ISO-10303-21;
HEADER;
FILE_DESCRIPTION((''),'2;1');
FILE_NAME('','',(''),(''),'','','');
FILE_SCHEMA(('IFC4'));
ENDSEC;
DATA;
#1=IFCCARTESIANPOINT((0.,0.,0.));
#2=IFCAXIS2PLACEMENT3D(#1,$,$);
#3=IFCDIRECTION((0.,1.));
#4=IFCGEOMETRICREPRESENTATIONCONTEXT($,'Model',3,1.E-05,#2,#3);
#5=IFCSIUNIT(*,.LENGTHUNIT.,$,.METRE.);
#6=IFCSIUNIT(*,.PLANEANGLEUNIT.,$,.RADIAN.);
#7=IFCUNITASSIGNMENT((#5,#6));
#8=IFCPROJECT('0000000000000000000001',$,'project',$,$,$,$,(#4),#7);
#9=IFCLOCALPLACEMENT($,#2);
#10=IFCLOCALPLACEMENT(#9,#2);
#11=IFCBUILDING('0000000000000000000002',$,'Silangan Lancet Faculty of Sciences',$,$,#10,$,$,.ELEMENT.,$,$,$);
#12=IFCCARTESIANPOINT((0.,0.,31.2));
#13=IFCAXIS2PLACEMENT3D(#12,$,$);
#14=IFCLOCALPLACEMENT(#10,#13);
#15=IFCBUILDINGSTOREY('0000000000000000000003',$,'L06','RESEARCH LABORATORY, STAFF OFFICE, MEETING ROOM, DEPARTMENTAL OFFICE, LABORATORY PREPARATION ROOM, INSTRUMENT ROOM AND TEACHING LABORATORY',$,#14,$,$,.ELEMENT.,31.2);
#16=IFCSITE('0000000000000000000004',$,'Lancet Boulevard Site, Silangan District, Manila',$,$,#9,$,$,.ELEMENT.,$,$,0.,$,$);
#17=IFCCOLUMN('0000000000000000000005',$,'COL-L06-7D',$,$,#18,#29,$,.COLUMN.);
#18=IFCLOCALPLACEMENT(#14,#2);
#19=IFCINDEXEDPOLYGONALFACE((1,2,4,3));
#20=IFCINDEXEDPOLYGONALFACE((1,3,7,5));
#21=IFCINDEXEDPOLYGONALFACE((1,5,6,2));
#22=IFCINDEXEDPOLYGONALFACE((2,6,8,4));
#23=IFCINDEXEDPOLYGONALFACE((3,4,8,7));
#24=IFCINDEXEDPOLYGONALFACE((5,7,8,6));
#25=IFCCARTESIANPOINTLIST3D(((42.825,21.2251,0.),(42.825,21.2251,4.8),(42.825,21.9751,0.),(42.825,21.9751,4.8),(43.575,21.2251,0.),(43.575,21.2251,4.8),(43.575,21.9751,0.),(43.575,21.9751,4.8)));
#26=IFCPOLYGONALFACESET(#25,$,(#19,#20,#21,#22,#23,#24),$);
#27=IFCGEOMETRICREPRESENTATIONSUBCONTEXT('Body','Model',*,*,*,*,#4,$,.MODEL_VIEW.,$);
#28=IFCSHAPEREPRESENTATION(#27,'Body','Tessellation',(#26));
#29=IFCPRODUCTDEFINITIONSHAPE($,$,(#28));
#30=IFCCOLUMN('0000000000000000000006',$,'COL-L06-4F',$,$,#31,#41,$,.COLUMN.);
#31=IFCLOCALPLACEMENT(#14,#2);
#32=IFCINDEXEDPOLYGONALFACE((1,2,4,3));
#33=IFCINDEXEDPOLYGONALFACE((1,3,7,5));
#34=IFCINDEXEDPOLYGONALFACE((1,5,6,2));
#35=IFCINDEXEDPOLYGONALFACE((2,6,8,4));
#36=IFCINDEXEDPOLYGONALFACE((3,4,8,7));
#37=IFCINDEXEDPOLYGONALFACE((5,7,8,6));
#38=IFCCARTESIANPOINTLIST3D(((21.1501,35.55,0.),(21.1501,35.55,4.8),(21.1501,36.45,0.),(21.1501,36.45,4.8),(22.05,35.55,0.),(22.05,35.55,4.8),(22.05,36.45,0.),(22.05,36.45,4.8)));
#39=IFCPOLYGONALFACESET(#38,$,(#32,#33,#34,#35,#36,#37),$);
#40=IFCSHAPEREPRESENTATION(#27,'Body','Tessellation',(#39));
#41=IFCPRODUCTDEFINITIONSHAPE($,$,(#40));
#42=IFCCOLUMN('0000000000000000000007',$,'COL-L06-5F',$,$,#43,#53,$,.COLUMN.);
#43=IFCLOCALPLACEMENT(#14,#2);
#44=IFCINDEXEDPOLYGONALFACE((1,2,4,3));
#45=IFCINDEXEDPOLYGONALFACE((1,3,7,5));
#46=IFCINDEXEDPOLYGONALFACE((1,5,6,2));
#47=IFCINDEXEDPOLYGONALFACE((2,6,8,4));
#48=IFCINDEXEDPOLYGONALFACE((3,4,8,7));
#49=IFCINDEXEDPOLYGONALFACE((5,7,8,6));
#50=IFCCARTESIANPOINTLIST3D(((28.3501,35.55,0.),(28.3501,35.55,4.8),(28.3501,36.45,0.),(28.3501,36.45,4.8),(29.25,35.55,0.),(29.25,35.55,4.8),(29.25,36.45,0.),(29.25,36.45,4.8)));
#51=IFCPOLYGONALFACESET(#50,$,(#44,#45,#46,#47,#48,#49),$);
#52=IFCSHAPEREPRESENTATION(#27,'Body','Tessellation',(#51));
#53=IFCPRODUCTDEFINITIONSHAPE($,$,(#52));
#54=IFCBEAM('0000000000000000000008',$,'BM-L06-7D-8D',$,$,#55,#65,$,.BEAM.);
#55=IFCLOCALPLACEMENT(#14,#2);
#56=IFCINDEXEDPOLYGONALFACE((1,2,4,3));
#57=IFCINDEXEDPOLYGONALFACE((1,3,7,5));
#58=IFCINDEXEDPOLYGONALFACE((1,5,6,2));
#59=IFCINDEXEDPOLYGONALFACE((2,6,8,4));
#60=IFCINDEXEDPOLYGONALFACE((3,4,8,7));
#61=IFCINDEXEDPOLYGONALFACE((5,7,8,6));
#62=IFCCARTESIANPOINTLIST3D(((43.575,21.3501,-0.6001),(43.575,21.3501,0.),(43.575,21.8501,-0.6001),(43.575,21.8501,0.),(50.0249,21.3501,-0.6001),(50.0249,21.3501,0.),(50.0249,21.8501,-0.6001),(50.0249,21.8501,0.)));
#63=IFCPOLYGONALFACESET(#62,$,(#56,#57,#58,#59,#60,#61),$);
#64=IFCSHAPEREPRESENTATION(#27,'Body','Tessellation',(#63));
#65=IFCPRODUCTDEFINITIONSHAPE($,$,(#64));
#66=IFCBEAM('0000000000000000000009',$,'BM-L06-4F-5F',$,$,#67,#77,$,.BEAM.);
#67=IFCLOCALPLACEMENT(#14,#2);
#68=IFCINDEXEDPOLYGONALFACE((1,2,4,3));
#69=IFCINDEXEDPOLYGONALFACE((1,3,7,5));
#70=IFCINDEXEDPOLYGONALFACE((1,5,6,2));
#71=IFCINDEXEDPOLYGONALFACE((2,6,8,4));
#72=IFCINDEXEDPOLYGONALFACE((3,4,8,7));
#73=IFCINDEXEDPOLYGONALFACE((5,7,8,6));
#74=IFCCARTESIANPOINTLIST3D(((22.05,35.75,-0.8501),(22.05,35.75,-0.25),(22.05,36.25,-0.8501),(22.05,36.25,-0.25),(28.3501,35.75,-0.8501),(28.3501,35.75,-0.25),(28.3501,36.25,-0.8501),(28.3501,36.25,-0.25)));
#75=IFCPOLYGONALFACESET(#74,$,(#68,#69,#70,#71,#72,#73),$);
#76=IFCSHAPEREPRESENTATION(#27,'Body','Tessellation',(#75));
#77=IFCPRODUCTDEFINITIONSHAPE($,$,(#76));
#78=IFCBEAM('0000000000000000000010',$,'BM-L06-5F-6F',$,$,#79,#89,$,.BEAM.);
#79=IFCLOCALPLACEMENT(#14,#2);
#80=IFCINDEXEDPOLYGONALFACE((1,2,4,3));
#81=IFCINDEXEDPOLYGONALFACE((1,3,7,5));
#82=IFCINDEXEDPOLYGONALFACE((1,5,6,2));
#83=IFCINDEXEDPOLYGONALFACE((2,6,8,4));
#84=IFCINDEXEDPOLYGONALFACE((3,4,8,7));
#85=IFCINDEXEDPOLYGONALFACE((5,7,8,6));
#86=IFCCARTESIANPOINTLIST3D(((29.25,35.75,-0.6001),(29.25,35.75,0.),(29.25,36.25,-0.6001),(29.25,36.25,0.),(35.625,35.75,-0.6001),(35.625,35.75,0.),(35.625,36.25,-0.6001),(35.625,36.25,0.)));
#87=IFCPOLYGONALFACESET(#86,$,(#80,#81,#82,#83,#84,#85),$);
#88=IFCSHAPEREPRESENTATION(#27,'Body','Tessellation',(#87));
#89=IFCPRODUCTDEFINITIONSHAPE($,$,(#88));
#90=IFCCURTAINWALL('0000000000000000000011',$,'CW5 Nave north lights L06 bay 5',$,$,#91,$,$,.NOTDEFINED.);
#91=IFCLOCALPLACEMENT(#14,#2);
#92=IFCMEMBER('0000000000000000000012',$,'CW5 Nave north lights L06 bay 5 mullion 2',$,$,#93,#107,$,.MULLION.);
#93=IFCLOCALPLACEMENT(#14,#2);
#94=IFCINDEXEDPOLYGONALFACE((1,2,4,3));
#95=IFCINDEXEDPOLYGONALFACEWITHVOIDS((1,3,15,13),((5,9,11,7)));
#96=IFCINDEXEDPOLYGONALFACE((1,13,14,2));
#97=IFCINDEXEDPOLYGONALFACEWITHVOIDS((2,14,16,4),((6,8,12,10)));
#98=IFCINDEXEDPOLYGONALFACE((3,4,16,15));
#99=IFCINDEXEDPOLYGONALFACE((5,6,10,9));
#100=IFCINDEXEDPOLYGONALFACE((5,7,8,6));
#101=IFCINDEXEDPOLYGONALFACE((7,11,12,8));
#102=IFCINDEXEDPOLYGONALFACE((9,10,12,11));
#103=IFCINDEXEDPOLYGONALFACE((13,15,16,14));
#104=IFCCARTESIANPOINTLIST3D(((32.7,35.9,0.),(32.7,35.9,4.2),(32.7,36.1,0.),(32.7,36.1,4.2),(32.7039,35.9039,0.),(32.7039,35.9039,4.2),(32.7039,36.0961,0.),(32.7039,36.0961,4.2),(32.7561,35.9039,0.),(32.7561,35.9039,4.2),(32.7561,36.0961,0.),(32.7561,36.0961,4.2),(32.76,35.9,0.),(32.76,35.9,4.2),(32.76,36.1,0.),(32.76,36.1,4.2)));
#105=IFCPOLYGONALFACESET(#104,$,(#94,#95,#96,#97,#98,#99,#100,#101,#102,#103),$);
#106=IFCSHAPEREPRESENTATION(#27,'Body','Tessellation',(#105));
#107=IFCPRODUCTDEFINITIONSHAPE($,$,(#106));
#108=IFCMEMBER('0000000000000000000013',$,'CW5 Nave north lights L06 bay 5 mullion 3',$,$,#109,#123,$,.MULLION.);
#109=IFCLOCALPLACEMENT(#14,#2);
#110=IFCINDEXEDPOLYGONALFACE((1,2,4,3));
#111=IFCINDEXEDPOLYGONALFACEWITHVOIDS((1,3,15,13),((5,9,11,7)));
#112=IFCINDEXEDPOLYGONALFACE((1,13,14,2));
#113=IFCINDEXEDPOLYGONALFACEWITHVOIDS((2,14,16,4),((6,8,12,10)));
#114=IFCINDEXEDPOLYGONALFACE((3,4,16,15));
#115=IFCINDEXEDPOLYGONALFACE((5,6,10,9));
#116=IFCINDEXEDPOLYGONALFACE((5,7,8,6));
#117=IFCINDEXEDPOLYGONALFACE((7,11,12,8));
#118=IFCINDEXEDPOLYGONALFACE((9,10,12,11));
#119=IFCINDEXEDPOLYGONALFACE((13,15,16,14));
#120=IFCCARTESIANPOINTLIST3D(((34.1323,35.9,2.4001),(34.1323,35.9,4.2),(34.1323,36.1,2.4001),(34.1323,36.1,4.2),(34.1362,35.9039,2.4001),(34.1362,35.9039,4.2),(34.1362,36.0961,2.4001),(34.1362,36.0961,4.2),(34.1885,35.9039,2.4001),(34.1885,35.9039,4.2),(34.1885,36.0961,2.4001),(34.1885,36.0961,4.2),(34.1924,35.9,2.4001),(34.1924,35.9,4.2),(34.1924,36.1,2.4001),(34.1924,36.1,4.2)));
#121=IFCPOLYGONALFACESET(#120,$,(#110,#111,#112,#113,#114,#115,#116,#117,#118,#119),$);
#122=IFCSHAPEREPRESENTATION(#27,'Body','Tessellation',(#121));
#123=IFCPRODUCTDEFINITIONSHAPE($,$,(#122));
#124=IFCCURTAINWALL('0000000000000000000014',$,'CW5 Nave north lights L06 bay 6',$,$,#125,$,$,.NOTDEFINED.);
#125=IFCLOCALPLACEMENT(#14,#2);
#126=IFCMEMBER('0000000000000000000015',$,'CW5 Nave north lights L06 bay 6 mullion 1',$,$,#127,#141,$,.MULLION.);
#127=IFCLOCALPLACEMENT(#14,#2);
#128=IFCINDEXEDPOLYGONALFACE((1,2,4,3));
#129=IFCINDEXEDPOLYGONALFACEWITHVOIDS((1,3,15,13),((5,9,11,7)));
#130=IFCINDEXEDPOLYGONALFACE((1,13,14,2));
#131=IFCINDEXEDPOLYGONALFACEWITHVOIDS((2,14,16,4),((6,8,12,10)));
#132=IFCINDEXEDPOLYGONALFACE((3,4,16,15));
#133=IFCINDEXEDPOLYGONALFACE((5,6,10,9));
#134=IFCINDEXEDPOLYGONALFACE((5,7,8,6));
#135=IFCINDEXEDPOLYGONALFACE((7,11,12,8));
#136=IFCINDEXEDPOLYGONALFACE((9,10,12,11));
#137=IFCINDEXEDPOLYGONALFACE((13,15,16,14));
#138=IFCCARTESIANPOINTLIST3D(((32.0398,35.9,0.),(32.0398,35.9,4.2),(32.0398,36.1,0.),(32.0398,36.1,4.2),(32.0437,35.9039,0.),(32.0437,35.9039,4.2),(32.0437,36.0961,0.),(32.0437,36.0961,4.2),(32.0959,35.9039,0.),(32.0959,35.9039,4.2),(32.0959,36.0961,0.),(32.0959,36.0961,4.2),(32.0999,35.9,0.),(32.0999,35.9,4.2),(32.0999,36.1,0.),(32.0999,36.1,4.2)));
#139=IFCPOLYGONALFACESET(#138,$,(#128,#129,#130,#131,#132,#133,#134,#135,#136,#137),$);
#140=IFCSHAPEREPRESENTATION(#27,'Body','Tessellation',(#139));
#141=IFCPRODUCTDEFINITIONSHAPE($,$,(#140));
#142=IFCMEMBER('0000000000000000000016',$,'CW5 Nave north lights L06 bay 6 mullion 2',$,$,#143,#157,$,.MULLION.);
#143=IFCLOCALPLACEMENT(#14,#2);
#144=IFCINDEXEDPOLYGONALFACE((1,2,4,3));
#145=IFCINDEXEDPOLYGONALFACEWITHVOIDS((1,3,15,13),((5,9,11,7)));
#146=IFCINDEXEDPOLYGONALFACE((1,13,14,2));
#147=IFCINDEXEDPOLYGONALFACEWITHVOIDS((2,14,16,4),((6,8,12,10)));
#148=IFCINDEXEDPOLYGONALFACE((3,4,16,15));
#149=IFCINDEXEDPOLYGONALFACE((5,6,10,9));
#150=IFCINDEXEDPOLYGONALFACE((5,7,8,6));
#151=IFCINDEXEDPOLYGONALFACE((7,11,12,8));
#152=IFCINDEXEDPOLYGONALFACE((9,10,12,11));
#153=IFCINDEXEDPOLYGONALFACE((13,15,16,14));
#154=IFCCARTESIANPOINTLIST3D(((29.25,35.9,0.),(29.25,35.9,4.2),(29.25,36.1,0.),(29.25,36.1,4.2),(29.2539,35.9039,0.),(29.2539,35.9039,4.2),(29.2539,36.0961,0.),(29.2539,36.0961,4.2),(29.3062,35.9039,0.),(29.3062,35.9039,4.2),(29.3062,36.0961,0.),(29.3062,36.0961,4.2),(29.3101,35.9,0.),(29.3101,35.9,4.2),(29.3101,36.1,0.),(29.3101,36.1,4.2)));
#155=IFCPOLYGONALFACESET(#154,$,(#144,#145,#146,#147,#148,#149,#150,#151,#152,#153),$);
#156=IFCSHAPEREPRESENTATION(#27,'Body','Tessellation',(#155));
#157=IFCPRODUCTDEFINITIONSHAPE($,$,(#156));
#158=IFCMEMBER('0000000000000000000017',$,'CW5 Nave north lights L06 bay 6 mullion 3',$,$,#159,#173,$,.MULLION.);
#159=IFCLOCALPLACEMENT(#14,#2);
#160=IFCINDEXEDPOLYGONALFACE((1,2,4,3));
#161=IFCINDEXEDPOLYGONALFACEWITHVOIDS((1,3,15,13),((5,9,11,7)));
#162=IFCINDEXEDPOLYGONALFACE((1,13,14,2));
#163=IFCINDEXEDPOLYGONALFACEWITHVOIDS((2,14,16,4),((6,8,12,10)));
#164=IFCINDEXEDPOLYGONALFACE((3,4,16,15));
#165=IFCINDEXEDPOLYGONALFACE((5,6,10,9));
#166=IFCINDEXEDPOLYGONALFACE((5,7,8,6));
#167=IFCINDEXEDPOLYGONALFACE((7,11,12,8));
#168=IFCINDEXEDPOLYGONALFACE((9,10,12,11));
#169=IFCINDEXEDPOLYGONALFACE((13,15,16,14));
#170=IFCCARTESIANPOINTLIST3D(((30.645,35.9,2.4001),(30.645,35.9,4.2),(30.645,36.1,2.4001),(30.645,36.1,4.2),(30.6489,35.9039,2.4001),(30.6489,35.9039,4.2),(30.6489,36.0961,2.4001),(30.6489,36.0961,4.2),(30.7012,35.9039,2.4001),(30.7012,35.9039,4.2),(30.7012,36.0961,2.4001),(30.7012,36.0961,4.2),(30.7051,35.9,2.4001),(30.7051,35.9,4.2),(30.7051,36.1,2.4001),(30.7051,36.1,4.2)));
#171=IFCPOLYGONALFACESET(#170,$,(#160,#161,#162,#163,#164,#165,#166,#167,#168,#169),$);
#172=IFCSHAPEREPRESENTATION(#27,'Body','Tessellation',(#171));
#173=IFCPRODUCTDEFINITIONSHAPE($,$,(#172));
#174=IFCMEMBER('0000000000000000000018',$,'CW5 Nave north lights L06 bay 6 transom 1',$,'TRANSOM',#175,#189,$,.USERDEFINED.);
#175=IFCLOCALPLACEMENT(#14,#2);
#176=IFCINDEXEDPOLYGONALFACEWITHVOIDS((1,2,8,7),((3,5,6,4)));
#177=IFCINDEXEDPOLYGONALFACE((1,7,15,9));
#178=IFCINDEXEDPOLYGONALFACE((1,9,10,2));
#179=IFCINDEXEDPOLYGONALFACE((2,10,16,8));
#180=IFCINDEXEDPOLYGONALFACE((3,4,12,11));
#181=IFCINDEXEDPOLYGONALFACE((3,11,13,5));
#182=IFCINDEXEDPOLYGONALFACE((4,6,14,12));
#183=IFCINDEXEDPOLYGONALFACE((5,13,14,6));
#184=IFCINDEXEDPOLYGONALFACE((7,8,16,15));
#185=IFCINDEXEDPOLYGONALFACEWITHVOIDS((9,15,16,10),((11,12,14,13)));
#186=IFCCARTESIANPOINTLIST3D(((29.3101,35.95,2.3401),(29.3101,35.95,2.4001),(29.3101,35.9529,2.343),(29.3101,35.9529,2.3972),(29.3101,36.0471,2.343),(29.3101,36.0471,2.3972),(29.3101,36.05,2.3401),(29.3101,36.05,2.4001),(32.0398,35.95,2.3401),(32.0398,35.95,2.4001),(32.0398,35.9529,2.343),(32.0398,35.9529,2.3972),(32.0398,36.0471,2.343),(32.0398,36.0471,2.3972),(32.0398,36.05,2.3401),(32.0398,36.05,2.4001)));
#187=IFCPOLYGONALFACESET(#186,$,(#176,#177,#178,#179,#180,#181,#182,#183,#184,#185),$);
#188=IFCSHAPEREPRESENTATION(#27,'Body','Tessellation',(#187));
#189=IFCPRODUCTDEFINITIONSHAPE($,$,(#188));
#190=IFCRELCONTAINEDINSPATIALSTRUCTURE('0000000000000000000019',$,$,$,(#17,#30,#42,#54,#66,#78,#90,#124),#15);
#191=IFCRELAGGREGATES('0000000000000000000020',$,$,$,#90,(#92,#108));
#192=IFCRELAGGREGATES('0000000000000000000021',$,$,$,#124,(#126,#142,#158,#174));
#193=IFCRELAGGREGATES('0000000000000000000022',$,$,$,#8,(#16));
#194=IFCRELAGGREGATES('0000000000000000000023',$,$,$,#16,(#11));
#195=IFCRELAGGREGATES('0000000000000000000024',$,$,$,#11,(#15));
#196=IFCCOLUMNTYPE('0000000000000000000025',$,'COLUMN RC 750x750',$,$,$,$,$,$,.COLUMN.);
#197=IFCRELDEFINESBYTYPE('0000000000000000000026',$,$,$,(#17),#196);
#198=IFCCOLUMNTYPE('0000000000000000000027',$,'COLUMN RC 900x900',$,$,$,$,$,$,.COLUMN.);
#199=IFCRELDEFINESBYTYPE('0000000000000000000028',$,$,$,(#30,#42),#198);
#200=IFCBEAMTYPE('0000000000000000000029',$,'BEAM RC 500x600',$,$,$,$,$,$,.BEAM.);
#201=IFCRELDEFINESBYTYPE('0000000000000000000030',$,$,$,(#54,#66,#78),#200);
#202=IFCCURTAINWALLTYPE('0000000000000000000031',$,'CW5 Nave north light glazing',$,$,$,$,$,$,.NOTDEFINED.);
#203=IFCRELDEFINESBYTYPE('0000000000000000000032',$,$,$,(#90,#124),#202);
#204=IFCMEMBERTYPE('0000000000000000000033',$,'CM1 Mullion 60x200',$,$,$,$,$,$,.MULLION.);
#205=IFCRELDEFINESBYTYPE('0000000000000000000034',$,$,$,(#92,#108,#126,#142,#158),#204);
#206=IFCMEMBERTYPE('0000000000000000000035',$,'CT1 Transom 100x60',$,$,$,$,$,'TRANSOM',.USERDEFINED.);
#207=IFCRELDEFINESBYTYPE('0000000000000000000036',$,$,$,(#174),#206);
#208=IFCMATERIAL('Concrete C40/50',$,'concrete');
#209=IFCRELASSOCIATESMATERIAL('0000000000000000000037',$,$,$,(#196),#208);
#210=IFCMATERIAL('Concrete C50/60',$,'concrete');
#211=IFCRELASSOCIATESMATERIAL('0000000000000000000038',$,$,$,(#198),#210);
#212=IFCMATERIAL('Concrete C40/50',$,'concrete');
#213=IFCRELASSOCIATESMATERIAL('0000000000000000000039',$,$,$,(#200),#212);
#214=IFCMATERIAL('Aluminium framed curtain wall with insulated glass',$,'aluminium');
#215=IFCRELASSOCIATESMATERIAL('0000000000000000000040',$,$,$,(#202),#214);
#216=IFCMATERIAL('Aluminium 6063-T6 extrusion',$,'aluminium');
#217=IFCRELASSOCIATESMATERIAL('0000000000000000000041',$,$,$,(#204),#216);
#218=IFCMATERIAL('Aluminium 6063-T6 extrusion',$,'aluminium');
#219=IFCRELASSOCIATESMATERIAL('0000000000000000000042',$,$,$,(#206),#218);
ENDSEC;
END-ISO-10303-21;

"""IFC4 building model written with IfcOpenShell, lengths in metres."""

from ifc_helpers import new_model, si_unit, direction, frame, origin, origin_2d, place, context, subcontext, project, spatial, rectangle, hollow_rectangle, extrude, material, material_profile, profile_set, type_object, element, aggregate, save


model = new_model("IFC4")

# Units and contexts
model_context = context("Model", 3, precision=1e-05, world=origin(), true_north=direction((0.0, 1.0)))
body_context = subcontext(model_context, "Body", "Model", "MODEL_VIEW")
ifc_project = project(units=[si_unit("LENGTHUNIT", "METRE"), si_unit("PLANEANGLEUNIT", "RADIAN")], contexts=[model_context])

# Site, building, storey
site_placement = place(None, origin())
site = spatial("IfcSite", under=ifc_project, at=site_placement, Name="Lancet Boulevard Site, Silangan District, Manila", CompositionType="ELEMENT", RefElevation=0.0)
building_placement = place(site_placement, origin())
building = spatial("IfcBuilding", under=site, at=building_placement, Name="Silangan Lancet Faculty of Sciences", CompositionType="ELEMENT")
storey_placement = place(building_placement, frame((0.0, 0.0, 31.2)))
storey = spatial("IfcBuildingStorey", under=building, at=storey_placement, Name="L06", Description="RESEARCH LABORATORY, STAFF OFFICE, MEETING ROOM, DEPARTMENTAL OFFICE, LABORATORY PREPARATION ROOM, INSTRUMENT ROOM AND TEACHING LABORATORY", CompositionType="ELEMENT", Elevation=31.2)

# Columns
ifc_material_1 = material(Name="Concrete C40/50", Category="concrete")
ifc_material_profile_1 = material_profile(ifc_material_1, rectangle(XDim=0.75, YDim=0.75, at=origin_2d()), Name="RC 750x750")
ifc_profile_set_1 = profile_set([ifc_material_profile_1], Name="Concrete C40/50")
column_type_1 = type_object("IfcColumnType", Name="COLUMN RC 750x750", PredefinedType="COLUMN", material=ifc_profile_set_1)
column_placement = place(storey_placement, frame((43.2, 21.6001, 0.0), z_axis=(0.0, 0.0, 1.0), x_axis=(1.0, 0.0, 0.0)))
element("IfcColumn", 1, at=column_placement, inside=storey, type_object=column_type_1, Name="COL-L06-7D", PredefinedType="COLUMN", context=body_context, shape_type="SweptSolid", body=[
    extrude(rectangle(XDim=0.75, YDim=0.75, at=origin_2d()), origin(), (0.0, 0.0, 1.0), 4.8),
])
ifc_material_2 = material(Name="Concrete C50/60", Category="concrete")
ifc_material_profile_2 = material_profile(ifc_material_2, rectangle(XDim=0.8999, YDim=0.8999, at=origin_2d()), Name="RC 900x900")
ifc_profile_set_2 = profile_set([ifc_material_profile_2], Name="Concrete C50/60")
column_type_2 = type_object("IfcColumnType", Name="COLUMN RC 900x900", PredefinedType="COLUMN", material=ifc_profile_set_2)
for number, where, z_axis, x_axis, name in (
    (2, (21.6001, 36.0, 0.0), (0.0, 0.0, 1.0), (1.0, 0.0, 0.0), "COL-L06-4F"),
    (3, (28.8, 36.0, 0.0), (0.0, 0.0, 1.0), (1.0, 0.0, 0.0), "COL-L06-5F"),
):
    element("IfcColumn", number, at=place(storey_placement, frame(where, z_axis=z_axis, x_axis=x_axis)), inside=storey, type_object=column_type_2, Name=name, PredefinedType="COLUMN", context=body_context, shape_type="SweptSolid", body=[
        extrude(rectangle(XDim=0.8999, YDim=0.8999, at=origin_2d()), origin(), (0.0, 0.0, 1.0), 4.8),
    ])

# Beams
ifc_material_3 = material(Name="Concrete C40/50", Category="concrete")
ifc_material_profile_3 = material_profile(ifc_material_3, rectangle(XDim=0.5, YDim=0.6001, at=origin_2d()), Name="RC 500x600")
ifc_profile_set_3 = profile_set([ifc_material_profile_3], Name="Concrete C40/50")
beam_type = type_object("IfcBeamType", Name="BEAM RC 500x600", PredefinedType="BEAM", material=ifc_profile_set_3)
beam_1_placement = place(storey_placement, frame((43.575, 21.6001, -0.3), z_axis=(1.0, 0.0, 0.0), x_axis=(0.0, 1.0, 0.0)))
element("IfcBeam", 4, at=beam_1_placement, inside=storey, type_object=beam_type, Name="BM-L06-7D-8D", PredefinedType="BEAM", context=body_context, shape_type="SweptSolid", body=[
    extrude(rectangle(XDim=0.5, YDim=0.6001, at=origin_2d()), origin(), (0.0, 0.0, 1.0), 6.45),
])
beam_2_placement = place(storey_placement, frame((22.05, 36.0, -0.55), z_axis=(1.0, 0.0, 0.0), x_axis=(0.0, 1.0, 0.0)))
element("IfcBeam", 5, at=beam_2_placement, inside=storey, type_object=beam_type, Name="BM-L06-4F-5F", PredefinedType="BEAM", context=body_context, shape_type="SweptSolid", body=[
    extrude(rectangle(XDim=0.5, YDim=0.6001, at=origin_2d()), origin(), (0.0, 0.0, 1.0), 6.3),
])
beam_3_placement = place(storey_placement, frame((29.25, 36.0, -0.3), z_axis=(1.0, 0.0, 0.0), x_axis=(0.0, 1.0, 0.0)))
element("IfcBeam", 6, at=beam_3_placement, inside=storey, type_object=beam_type, Name="BM-L06-5F-6F", PredefinedType="BEAM", context=body_context, shape_type="SweptSolid", body=[
    extrude(rectangle(XDim=0.5, YDim=0.6001, at=origin_2d()), origin(), (0.0, 0.0, 1.0), 6.375),
])

# Curtain walls, members
ifc_material_4 = material(Name="Aluminium framed curtain wall with insulated glass", Category="aluminium")
curtain_wall_type = type_object("IfcCurtainWallType", Name="CW5 Nave north light glazing", PredefinedType="NOTDEFINED", material=ifc_material_4)
curtain_wall_1_placement = place(storey_placement, origin())
curtain_wall_1 = element("IfcCurtainWall", 7, at=curtain_wall_1_placement, inside=storey, type_object=curtain_wall_type, Name="CW5 Nave north lights L06 bay 5", PredefinedType="NOTDEFINED")
ifc_material_5 = material(Name="Aluminium 6063-T6 extrusion", Category="aluminium")
ifc_material_profile_4 = material_profile(ifc_material_5, hollow_rectangle(XDim=0.0601, YDim=0.2, WallThickness=0.0039, at=origin_2d()), Name="AL BOX 60x200x4")
ifc_profile_set_4 = profile_set([ifc_material_profile_4], Name="Aluminium 6063-T6 extrusion")
member_type_1 = type_object("IfcMemberType", Name="CM1 Mullion 60x200", PredefinedType="MULLION", material=ifc_profile_set_4)
member_1_placement = place(storey_placement, frame((32.73, 36.0, 0.0), z_axis=(0.0, 0.0, 1.0), x_axis=(-1.0, 0.0, 0.0)))
member_1 = element("IfcMember", 8, at=member_1_placement, type_object=member_type_1, Name="CW5 Nave north lights L06 bay 5 mullion 2", PredefinedType="MULLION", context=body_context, shape_type="SweptSolid", body=[
    extrude(hollow_rectangle(XDim=0.0601, YDim=0.2, WallThickness=0.0039, at=origin_2d()), origin(), (0.0, 0.0, 1.0), 4.2),
])
member_2_placement = place(storey_placement, frame((34.1624, 36.0, 2.4001), z_axis=(0.0, 0.0, 1.0), x_axis=(-1.0, 0.0, 0.0)))
member_2 = element("IfcMember", 9, at=member_2_placement, type_object=member_type_1, Name="CW5 Nave north lights L06 bay 5 mullion 3", PredefinedType="MULLION", context=body_context, shape_type="SweptSolid", body=[
    extrude(hollow_rectangle(XDim=0.0601, YDim=0.2, WallThickness=0.0039, at=origin_2d()), origin(), (0.0, 0.0, 1.0), 1.7998),
])
curtain_wall_2_placement = place(storey_placement, origin())
curtain_wall_2 = element("IfcCurtainWall", 10, at=curtain_wall_2_placement, inside=storey, type_object=curtain_wall_type, Name="CW5 Nave north lights L06 bay 6", PredefinedType="NOTDEFINED")
member_3_placement = place(storey_placement, frame((32.0698, 36.0, 0.0), z_axis=(0.0, 0.0, 1.0), x_axis=(-1.0, 0.0, 0.0)))
member_3 = element("IfcMember", 11, at=member_3_placement, type_object=member_type_1, Name="CW5 Nave north lights L06 bay 6 mullion 1", PredefinedType="MULLION", context=body_context, shape_type="SweptSolid", body=[
    extrude(hollow_rectangle(XDim=0.0601, YDim=0.2, WallThickness=0.0039, at=origin_2d()), origin(), (0.0, 0.0, 1.0), 4.2),
])
member_4_placement = place(storey_placement, frame((29.28, 36.0, 0.0), z_axis=(0.0, 0.0, 1.0), x_axis=(-1.0, 0.0, 0.0)))
member_4 = element("IfcMember", 12, at=member_4_placement, type_object=member_type_1, Name="CW5 Nave north lights L06 bay 6 mullion 2", PredefinedType="MULLION", context=body_context, shape_type="SweptSolid", body=[
    extrude(hollow_rectangle(XDim=0.0601, YDim=0.2, WallThickness=0.0039, at=origin_2d()), origin(), (0.0, 0.0, 1.0), 4.2),
])
member_5_placement = place(storey_placement, frame((30.675, 36.0, 2.4001), z_axis=(0.0, 0.0, 1.0), x_axis=(-1.0, 0.0, 0.0)))
member_5 = element("IfcMember", 13, at=member_5_placement, type_object=member_type_1, Name="CW5 Nave north lights L06 bay 6 mullion 3", PredefinedType="MULLION", context=body_context, shape_type="SweptSolid", body=[
    extrude(hollow_rectangle(XDim=0.0601, YDim=0.2, WallThickness=0.0039, at=origin_2d()), origin(), (0.0, 0.0, 1.0), 1.7998),
])
ifc_material_6 = material(Name="Aluminium 6063-T6 extrusion", Category="aluminium")
ifc_material_profile_5 = material_profile(ifc_material_6, hollow_rectangle(XDim=0.1001, YDim=0.0601, WallThickness=0.0029, at=origin_2d()), Name="AL BOX 100x60x3")
ifc_profile_set_5 = profile_set([ifc_material_profile_5], Name="Aluminium 6063-T6 extrusion")
member_type_2 = type_object("IfcMemberType", Name="CT1 Transom 100x60", ElementType="TRANSOM", PredefinedType="USERDEFINED", material=ifc_profile_set_5)
member_6_placement = place(storey_placement, frame((32.0398, 36.0, 2.3701), z_axis=(-1.0, 0.0, 0.0), x_axis=(0.0, -1.0, 0.0)))
member_6 = element("IfcMember", 14, at=member_6_placement, type_object=member_type_2, Name="CW5 Nave north lights L06 bay 6 transom 1", ObjectType="TRANSOM", PredefinedType="USERDEFINED", context=body_context, shape_type="SweptSolid", body=[
    extrude(hollow_rectangle(XDim=0.1001, YDim=0.0601, WallThickness=0.0029, at=origin_2d()), origin(), (0.0, 0.0, 1.0), 2.7297),
])

aggregate(curtain_wall_1, [member_1, member_2])
aggregate(curtain_wall_2, [member_3, member_4, member_5, member_6])

save(model, "model.ifc")
